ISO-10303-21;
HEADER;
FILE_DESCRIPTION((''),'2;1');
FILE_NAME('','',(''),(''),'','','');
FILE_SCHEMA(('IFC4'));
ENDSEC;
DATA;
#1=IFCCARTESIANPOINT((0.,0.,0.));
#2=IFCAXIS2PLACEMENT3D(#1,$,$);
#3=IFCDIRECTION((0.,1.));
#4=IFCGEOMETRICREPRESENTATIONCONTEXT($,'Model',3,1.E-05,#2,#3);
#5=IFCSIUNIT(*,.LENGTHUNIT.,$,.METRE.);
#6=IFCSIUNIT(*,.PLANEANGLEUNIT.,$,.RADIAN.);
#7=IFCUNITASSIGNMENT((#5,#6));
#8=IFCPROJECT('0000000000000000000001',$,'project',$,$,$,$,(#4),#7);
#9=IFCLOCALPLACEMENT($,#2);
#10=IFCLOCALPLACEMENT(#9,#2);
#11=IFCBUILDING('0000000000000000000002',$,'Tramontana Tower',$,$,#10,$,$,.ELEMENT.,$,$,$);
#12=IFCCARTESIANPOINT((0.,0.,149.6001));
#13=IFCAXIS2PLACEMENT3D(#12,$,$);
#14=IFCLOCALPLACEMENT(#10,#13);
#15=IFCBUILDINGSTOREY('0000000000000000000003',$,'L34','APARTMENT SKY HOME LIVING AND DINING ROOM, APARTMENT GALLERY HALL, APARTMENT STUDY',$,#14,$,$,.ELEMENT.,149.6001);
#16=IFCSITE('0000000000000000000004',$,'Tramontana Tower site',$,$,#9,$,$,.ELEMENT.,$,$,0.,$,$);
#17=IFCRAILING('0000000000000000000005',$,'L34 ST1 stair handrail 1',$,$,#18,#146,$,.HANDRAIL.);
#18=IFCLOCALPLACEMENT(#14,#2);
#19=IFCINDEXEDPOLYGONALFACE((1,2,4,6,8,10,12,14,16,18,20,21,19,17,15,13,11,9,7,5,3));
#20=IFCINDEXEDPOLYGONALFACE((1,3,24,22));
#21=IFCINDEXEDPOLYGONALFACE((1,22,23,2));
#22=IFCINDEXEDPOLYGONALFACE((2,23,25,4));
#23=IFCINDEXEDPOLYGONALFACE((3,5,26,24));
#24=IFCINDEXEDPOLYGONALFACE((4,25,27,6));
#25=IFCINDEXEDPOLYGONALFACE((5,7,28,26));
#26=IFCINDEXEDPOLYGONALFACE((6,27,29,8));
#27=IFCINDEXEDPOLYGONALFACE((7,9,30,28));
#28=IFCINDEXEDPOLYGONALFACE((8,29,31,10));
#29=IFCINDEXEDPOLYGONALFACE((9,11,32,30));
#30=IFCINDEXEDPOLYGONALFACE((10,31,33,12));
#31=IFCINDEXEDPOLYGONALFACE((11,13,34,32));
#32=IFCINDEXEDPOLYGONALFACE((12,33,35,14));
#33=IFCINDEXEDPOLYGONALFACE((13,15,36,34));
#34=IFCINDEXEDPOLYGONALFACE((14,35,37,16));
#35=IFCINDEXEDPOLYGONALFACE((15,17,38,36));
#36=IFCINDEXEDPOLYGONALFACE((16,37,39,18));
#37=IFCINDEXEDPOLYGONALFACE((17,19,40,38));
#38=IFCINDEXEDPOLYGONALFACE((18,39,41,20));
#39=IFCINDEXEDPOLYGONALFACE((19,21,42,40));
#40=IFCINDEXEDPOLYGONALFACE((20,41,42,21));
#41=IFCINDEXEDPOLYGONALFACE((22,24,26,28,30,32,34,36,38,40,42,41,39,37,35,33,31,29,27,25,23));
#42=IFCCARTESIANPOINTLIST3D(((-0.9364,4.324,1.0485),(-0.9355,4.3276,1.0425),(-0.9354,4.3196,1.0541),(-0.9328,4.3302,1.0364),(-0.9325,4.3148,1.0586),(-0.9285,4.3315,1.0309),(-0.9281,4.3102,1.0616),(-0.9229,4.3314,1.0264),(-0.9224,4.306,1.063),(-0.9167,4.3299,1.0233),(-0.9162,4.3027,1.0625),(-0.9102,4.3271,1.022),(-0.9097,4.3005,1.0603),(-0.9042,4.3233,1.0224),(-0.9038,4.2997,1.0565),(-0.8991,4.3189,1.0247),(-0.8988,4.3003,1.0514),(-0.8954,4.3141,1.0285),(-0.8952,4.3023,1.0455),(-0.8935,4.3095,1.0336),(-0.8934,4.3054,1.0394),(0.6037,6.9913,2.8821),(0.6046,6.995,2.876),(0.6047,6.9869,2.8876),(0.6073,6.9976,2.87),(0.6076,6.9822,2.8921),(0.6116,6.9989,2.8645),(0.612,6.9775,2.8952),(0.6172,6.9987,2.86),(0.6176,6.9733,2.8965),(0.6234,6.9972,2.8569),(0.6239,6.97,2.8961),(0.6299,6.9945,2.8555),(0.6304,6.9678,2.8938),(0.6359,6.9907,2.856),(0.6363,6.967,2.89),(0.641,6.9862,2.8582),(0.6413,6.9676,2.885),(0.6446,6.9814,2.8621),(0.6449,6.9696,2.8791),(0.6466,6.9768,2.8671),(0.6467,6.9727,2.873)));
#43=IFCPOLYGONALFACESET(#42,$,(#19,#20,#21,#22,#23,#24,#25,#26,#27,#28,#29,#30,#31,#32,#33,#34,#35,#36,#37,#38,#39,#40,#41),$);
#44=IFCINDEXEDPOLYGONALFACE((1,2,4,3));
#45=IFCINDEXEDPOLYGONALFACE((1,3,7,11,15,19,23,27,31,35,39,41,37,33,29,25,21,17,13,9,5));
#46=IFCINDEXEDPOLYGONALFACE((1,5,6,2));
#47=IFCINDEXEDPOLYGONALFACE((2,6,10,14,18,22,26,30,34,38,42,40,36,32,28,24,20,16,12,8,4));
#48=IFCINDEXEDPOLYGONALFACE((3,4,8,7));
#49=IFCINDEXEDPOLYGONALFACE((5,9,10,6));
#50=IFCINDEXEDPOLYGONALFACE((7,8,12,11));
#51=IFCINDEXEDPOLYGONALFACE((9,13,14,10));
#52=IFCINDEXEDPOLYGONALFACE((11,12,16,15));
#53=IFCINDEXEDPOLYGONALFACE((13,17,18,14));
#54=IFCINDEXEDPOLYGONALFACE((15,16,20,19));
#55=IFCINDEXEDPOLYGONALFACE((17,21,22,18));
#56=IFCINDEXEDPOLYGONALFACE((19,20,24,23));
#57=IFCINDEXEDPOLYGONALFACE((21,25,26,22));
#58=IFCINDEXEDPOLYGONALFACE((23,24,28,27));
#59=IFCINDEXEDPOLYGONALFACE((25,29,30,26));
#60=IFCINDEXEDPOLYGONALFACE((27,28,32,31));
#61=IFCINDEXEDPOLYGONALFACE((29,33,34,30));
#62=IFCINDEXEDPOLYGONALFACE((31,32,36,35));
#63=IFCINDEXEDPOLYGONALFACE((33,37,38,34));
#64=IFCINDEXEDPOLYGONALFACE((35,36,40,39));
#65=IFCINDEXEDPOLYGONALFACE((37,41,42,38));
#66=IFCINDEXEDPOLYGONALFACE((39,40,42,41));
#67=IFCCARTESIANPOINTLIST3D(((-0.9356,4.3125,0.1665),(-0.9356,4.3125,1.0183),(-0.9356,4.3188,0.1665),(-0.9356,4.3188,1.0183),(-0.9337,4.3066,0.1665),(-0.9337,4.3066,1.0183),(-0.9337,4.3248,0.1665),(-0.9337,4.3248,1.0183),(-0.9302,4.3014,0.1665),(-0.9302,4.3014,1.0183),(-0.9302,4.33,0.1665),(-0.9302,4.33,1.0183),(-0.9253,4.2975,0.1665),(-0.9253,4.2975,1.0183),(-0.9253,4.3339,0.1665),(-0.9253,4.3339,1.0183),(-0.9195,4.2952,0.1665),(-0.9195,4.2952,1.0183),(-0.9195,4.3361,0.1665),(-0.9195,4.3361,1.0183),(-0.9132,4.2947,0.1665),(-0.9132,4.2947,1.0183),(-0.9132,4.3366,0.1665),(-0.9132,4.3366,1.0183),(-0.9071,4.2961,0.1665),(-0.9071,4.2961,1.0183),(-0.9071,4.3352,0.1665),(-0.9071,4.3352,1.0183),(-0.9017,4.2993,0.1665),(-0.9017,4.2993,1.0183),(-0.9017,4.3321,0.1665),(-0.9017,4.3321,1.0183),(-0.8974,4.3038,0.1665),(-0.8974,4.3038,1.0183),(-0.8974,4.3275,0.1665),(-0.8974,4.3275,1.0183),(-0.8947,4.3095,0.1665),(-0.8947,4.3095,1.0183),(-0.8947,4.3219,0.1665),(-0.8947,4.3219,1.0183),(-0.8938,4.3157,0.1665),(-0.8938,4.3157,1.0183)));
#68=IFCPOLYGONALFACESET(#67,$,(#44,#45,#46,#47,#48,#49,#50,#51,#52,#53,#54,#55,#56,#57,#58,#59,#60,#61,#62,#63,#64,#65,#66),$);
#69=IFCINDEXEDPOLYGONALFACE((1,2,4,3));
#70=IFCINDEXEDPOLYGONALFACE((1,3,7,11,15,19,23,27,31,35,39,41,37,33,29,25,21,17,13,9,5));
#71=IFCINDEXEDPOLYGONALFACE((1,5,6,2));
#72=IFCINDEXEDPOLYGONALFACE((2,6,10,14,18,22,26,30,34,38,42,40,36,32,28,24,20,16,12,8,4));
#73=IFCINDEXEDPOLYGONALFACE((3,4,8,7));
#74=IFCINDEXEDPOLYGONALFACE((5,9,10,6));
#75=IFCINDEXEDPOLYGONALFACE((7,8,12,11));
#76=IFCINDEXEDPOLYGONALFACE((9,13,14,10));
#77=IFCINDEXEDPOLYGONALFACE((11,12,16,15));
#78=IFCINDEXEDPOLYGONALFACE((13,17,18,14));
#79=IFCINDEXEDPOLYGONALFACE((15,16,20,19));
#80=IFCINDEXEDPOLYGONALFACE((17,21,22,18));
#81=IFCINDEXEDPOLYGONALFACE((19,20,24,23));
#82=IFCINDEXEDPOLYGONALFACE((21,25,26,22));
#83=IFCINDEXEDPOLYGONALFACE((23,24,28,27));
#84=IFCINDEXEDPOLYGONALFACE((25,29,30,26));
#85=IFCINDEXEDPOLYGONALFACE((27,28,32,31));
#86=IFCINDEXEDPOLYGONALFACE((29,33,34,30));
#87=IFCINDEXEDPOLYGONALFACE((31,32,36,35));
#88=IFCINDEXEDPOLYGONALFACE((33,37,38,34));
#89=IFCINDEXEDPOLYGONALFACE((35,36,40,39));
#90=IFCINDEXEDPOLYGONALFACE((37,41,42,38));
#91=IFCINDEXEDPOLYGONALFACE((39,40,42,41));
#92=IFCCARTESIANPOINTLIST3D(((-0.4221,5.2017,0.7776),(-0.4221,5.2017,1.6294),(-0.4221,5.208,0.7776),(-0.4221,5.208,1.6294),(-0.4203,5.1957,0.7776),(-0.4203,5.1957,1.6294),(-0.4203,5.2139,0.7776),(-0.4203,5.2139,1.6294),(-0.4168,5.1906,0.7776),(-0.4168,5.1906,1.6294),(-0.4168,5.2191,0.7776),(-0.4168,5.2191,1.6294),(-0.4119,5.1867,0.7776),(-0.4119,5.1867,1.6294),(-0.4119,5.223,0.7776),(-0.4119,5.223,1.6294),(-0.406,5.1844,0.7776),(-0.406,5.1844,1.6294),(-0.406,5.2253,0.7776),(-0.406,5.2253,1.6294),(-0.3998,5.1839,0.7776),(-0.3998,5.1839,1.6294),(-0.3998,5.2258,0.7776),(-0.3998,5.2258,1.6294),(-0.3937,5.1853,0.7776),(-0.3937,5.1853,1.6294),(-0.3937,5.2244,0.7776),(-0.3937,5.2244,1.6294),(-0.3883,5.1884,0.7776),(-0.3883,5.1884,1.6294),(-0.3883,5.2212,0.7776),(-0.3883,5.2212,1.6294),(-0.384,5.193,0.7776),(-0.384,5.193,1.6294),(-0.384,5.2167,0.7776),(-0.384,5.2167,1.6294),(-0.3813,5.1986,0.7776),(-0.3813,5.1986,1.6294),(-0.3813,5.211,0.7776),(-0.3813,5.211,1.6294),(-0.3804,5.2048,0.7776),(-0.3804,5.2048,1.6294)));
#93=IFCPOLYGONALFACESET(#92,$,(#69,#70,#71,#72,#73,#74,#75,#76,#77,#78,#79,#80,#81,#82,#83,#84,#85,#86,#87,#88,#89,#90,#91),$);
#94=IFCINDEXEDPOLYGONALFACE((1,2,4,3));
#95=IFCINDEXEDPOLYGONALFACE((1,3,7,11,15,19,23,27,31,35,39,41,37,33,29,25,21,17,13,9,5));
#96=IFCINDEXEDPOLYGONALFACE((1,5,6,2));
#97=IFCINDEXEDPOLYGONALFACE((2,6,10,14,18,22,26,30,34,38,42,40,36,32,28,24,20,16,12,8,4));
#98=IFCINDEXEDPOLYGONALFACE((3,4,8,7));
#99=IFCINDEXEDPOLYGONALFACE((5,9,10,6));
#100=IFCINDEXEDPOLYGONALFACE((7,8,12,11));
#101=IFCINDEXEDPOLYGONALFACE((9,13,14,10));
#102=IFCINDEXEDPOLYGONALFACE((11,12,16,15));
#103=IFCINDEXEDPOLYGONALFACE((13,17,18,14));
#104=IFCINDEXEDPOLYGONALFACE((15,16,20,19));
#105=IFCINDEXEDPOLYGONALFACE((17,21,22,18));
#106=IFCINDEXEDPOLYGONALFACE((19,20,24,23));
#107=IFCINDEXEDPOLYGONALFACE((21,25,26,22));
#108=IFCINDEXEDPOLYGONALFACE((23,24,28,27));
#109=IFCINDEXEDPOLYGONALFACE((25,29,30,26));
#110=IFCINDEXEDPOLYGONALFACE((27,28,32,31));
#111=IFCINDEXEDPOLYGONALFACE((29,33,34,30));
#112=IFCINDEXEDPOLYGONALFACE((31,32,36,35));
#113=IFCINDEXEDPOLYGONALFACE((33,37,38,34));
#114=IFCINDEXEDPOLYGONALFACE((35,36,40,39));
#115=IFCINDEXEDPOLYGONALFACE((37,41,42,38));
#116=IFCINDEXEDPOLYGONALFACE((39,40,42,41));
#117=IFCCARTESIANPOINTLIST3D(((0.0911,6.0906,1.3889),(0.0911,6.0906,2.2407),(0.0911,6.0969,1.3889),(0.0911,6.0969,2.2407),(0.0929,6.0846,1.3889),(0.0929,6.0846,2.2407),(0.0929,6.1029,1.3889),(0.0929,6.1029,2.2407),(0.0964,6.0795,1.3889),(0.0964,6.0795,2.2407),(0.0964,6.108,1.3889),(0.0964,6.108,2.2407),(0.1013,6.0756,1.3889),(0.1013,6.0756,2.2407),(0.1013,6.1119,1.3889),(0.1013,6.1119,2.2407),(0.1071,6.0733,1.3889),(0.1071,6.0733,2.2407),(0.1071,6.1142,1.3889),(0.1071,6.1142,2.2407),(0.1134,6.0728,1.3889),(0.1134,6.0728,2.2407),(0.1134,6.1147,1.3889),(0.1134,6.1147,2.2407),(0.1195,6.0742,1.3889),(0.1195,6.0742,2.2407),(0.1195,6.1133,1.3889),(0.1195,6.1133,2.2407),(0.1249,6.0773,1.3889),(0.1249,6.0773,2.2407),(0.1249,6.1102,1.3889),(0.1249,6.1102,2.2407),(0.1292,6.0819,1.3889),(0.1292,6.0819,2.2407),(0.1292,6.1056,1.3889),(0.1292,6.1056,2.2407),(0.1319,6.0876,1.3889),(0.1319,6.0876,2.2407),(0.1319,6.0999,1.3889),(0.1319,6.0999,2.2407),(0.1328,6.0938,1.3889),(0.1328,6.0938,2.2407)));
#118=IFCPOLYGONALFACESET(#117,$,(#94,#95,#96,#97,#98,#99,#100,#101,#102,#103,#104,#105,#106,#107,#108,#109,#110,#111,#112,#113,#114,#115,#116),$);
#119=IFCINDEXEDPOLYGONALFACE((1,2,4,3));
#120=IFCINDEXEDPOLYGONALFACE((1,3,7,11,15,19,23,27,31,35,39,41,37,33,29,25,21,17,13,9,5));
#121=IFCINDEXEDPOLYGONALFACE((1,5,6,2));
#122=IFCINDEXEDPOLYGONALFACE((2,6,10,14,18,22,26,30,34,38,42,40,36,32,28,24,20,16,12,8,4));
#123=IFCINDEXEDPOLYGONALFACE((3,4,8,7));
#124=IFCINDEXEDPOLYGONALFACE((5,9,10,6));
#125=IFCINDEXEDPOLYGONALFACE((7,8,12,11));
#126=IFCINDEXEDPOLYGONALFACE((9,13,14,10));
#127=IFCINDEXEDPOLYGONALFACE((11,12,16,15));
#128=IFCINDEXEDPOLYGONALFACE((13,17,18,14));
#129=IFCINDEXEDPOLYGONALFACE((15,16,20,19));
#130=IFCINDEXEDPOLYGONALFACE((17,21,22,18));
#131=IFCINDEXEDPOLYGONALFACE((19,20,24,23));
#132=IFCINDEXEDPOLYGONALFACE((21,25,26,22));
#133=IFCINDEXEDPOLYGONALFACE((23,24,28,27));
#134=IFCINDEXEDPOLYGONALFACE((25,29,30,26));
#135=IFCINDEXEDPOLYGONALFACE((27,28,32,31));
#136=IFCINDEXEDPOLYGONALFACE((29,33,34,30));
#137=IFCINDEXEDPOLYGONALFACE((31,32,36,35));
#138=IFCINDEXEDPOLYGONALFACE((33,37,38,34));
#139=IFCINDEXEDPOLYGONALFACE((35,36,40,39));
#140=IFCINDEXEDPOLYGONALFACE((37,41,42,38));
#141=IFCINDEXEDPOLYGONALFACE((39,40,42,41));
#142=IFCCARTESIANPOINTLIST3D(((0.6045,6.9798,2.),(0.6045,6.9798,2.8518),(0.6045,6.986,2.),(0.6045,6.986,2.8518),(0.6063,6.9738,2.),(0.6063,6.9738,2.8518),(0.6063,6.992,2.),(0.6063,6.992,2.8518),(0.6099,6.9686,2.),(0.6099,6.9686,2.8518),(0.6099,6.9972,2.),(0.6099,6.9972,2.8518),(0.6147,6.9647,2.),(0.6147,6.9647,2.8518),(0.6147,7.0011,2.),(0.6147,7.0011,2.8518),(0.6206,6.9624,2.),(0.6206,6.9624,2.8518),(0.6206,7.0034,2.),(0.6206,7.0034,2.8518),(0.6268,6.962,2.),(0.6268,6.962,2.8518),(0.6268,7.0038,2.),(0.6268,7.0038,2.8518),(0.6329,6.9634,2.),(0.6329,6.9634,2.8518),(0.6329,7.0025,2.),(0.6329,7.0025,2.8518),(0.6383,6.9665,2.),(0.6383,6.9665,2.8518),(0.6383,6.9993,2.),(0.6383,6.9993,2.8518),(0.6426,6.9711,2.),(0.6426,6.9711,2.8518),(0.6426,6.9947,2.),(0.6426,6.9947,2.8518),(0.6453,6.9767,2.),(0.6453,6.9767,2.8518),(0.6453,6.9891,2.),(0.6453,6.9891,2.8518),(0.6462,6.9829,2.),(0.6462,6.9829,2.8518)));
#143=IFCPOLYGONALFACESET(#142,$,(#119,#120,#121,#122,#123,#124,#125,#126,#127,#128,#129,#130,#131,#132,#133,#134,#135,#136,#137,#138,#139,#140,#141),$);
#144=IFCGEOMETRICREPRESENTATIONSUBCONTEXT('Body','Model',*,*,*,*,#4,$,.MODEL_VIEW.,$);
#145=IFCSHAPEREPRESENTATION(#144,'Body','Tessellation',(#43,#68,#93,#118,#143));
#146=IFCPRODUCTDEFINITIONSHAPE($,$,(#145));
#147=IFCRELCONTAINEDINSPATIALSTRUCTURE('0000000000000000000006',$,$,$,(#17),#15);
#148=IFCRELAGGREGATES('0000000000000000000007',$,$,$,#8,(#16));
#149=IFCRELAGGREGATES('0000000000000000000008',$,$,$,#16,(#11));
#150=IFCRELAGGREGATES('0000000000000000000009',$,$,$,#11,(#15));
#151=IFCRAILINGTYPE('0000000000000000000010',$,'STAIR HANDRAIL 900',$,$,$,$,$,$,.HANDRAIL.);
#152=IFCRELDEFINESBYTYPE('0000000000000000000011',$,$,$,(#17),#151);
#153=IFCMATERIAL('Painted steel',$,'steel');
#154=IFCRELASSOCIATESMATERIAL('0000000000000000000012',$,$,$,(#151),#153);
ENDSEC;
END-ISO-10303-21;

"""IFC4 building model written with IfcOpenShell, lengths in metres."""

from ifc_helpers import new_model, si_unit, direction, frame, origin, origin_2d, place, context, subcontext, project, spatial, circle, extrude, material, type_object, element, save


model = new_model("IFC4")

# Units and contexts
model_context = context("Model", 3, precision=1e-05, world=origin(), true_north=direction((0.0, 1.0)))
body_context = subcontext(model_context, "Body", "Model", "MODEL_VIEW")
ifc_project = project(units=[si_unit("LENGTHUNIT", "METRE"), si_unit("PLANEANGLEUNIT", "RADIAN")], contexts=[model_context])

# Site, building, storey
site_placement = place(None, origin())
site = spatial("IfcSite", under=ifc_project, at=site_placement, Name="Tramontana Tower site", CompositionType="ELEMENT", RefElevation=0.0)
building_placement = place(site_placement, origin())
building = spatial("IfcBuilding", under=site, at=building_placement, Name="Tramontana Tower", CompositionType="ELEMENT")
storey_placement = place(building_placement, frame((0.0, 0.0, 149.6001)))
storey = spatial("IfcBuildingStorey", under=building, at=storey_placement, Name="L34", Description="APARTMENT SKY HOME LIVING AND DINING ROOM, APARTMENT GALLERY HALL, APARTMENT STUDY", CompositionType="ELEMENT", Elevation=149.6001)

# Railing
ifc_material_1 = material(Name="Painted steel", Category="steel")
railing_type_1 = type_object("IfcRailingType", Name="STAIR HANDRAIL 900", PredefinedType="HANDRAIL", material=ifc_material_1)
railing_1_placement = place(storey_placement, frame((-0.9148, 4.3157, 0.1665)))
element("IfcRailing", 1, at=railing_1_placement, inside=storey, type_object=railing_type_1, Name="L34 ST1 stair handrail 1", PredefinedType="HANDRAIL", context=body_context, shape_type="SweptSolid", body=[
    extrude(circle(Radius=0.0239, at=origin_2d()), frame((0.0, 0.0, 0.876), z_axis=(0.429656, 0.744134, 0.511528), x_axis=(-0.86601, 0.500027, 0.0)), (0.0, 0.0, 1.0), 3.5845),
    extrude(circle(Radius=0.021, at=origin_2d()), origin(), (0.0, 0.0, 1.0), 0.8518),
    extrude(circle(Radius=0.021, at=origin_2d()), frame((0.5134, 0.8892, 0.6111)), (0.0, 0.0, 1.0), 0.8518),
    extrude(circle(Radius=0.021, at=origin_2d()), frame((1.0266, 1.7781, 1.2224)), (0.0, 0.0, 1.0), 0.8518),
    extrude(circle(Radius=0.021, at=origin_2d()), frame((1.54, 2.6672, 1.8335)), (0.0, 0.0, 1.0), 0.8518),
])

save(model, "model.ifc")
